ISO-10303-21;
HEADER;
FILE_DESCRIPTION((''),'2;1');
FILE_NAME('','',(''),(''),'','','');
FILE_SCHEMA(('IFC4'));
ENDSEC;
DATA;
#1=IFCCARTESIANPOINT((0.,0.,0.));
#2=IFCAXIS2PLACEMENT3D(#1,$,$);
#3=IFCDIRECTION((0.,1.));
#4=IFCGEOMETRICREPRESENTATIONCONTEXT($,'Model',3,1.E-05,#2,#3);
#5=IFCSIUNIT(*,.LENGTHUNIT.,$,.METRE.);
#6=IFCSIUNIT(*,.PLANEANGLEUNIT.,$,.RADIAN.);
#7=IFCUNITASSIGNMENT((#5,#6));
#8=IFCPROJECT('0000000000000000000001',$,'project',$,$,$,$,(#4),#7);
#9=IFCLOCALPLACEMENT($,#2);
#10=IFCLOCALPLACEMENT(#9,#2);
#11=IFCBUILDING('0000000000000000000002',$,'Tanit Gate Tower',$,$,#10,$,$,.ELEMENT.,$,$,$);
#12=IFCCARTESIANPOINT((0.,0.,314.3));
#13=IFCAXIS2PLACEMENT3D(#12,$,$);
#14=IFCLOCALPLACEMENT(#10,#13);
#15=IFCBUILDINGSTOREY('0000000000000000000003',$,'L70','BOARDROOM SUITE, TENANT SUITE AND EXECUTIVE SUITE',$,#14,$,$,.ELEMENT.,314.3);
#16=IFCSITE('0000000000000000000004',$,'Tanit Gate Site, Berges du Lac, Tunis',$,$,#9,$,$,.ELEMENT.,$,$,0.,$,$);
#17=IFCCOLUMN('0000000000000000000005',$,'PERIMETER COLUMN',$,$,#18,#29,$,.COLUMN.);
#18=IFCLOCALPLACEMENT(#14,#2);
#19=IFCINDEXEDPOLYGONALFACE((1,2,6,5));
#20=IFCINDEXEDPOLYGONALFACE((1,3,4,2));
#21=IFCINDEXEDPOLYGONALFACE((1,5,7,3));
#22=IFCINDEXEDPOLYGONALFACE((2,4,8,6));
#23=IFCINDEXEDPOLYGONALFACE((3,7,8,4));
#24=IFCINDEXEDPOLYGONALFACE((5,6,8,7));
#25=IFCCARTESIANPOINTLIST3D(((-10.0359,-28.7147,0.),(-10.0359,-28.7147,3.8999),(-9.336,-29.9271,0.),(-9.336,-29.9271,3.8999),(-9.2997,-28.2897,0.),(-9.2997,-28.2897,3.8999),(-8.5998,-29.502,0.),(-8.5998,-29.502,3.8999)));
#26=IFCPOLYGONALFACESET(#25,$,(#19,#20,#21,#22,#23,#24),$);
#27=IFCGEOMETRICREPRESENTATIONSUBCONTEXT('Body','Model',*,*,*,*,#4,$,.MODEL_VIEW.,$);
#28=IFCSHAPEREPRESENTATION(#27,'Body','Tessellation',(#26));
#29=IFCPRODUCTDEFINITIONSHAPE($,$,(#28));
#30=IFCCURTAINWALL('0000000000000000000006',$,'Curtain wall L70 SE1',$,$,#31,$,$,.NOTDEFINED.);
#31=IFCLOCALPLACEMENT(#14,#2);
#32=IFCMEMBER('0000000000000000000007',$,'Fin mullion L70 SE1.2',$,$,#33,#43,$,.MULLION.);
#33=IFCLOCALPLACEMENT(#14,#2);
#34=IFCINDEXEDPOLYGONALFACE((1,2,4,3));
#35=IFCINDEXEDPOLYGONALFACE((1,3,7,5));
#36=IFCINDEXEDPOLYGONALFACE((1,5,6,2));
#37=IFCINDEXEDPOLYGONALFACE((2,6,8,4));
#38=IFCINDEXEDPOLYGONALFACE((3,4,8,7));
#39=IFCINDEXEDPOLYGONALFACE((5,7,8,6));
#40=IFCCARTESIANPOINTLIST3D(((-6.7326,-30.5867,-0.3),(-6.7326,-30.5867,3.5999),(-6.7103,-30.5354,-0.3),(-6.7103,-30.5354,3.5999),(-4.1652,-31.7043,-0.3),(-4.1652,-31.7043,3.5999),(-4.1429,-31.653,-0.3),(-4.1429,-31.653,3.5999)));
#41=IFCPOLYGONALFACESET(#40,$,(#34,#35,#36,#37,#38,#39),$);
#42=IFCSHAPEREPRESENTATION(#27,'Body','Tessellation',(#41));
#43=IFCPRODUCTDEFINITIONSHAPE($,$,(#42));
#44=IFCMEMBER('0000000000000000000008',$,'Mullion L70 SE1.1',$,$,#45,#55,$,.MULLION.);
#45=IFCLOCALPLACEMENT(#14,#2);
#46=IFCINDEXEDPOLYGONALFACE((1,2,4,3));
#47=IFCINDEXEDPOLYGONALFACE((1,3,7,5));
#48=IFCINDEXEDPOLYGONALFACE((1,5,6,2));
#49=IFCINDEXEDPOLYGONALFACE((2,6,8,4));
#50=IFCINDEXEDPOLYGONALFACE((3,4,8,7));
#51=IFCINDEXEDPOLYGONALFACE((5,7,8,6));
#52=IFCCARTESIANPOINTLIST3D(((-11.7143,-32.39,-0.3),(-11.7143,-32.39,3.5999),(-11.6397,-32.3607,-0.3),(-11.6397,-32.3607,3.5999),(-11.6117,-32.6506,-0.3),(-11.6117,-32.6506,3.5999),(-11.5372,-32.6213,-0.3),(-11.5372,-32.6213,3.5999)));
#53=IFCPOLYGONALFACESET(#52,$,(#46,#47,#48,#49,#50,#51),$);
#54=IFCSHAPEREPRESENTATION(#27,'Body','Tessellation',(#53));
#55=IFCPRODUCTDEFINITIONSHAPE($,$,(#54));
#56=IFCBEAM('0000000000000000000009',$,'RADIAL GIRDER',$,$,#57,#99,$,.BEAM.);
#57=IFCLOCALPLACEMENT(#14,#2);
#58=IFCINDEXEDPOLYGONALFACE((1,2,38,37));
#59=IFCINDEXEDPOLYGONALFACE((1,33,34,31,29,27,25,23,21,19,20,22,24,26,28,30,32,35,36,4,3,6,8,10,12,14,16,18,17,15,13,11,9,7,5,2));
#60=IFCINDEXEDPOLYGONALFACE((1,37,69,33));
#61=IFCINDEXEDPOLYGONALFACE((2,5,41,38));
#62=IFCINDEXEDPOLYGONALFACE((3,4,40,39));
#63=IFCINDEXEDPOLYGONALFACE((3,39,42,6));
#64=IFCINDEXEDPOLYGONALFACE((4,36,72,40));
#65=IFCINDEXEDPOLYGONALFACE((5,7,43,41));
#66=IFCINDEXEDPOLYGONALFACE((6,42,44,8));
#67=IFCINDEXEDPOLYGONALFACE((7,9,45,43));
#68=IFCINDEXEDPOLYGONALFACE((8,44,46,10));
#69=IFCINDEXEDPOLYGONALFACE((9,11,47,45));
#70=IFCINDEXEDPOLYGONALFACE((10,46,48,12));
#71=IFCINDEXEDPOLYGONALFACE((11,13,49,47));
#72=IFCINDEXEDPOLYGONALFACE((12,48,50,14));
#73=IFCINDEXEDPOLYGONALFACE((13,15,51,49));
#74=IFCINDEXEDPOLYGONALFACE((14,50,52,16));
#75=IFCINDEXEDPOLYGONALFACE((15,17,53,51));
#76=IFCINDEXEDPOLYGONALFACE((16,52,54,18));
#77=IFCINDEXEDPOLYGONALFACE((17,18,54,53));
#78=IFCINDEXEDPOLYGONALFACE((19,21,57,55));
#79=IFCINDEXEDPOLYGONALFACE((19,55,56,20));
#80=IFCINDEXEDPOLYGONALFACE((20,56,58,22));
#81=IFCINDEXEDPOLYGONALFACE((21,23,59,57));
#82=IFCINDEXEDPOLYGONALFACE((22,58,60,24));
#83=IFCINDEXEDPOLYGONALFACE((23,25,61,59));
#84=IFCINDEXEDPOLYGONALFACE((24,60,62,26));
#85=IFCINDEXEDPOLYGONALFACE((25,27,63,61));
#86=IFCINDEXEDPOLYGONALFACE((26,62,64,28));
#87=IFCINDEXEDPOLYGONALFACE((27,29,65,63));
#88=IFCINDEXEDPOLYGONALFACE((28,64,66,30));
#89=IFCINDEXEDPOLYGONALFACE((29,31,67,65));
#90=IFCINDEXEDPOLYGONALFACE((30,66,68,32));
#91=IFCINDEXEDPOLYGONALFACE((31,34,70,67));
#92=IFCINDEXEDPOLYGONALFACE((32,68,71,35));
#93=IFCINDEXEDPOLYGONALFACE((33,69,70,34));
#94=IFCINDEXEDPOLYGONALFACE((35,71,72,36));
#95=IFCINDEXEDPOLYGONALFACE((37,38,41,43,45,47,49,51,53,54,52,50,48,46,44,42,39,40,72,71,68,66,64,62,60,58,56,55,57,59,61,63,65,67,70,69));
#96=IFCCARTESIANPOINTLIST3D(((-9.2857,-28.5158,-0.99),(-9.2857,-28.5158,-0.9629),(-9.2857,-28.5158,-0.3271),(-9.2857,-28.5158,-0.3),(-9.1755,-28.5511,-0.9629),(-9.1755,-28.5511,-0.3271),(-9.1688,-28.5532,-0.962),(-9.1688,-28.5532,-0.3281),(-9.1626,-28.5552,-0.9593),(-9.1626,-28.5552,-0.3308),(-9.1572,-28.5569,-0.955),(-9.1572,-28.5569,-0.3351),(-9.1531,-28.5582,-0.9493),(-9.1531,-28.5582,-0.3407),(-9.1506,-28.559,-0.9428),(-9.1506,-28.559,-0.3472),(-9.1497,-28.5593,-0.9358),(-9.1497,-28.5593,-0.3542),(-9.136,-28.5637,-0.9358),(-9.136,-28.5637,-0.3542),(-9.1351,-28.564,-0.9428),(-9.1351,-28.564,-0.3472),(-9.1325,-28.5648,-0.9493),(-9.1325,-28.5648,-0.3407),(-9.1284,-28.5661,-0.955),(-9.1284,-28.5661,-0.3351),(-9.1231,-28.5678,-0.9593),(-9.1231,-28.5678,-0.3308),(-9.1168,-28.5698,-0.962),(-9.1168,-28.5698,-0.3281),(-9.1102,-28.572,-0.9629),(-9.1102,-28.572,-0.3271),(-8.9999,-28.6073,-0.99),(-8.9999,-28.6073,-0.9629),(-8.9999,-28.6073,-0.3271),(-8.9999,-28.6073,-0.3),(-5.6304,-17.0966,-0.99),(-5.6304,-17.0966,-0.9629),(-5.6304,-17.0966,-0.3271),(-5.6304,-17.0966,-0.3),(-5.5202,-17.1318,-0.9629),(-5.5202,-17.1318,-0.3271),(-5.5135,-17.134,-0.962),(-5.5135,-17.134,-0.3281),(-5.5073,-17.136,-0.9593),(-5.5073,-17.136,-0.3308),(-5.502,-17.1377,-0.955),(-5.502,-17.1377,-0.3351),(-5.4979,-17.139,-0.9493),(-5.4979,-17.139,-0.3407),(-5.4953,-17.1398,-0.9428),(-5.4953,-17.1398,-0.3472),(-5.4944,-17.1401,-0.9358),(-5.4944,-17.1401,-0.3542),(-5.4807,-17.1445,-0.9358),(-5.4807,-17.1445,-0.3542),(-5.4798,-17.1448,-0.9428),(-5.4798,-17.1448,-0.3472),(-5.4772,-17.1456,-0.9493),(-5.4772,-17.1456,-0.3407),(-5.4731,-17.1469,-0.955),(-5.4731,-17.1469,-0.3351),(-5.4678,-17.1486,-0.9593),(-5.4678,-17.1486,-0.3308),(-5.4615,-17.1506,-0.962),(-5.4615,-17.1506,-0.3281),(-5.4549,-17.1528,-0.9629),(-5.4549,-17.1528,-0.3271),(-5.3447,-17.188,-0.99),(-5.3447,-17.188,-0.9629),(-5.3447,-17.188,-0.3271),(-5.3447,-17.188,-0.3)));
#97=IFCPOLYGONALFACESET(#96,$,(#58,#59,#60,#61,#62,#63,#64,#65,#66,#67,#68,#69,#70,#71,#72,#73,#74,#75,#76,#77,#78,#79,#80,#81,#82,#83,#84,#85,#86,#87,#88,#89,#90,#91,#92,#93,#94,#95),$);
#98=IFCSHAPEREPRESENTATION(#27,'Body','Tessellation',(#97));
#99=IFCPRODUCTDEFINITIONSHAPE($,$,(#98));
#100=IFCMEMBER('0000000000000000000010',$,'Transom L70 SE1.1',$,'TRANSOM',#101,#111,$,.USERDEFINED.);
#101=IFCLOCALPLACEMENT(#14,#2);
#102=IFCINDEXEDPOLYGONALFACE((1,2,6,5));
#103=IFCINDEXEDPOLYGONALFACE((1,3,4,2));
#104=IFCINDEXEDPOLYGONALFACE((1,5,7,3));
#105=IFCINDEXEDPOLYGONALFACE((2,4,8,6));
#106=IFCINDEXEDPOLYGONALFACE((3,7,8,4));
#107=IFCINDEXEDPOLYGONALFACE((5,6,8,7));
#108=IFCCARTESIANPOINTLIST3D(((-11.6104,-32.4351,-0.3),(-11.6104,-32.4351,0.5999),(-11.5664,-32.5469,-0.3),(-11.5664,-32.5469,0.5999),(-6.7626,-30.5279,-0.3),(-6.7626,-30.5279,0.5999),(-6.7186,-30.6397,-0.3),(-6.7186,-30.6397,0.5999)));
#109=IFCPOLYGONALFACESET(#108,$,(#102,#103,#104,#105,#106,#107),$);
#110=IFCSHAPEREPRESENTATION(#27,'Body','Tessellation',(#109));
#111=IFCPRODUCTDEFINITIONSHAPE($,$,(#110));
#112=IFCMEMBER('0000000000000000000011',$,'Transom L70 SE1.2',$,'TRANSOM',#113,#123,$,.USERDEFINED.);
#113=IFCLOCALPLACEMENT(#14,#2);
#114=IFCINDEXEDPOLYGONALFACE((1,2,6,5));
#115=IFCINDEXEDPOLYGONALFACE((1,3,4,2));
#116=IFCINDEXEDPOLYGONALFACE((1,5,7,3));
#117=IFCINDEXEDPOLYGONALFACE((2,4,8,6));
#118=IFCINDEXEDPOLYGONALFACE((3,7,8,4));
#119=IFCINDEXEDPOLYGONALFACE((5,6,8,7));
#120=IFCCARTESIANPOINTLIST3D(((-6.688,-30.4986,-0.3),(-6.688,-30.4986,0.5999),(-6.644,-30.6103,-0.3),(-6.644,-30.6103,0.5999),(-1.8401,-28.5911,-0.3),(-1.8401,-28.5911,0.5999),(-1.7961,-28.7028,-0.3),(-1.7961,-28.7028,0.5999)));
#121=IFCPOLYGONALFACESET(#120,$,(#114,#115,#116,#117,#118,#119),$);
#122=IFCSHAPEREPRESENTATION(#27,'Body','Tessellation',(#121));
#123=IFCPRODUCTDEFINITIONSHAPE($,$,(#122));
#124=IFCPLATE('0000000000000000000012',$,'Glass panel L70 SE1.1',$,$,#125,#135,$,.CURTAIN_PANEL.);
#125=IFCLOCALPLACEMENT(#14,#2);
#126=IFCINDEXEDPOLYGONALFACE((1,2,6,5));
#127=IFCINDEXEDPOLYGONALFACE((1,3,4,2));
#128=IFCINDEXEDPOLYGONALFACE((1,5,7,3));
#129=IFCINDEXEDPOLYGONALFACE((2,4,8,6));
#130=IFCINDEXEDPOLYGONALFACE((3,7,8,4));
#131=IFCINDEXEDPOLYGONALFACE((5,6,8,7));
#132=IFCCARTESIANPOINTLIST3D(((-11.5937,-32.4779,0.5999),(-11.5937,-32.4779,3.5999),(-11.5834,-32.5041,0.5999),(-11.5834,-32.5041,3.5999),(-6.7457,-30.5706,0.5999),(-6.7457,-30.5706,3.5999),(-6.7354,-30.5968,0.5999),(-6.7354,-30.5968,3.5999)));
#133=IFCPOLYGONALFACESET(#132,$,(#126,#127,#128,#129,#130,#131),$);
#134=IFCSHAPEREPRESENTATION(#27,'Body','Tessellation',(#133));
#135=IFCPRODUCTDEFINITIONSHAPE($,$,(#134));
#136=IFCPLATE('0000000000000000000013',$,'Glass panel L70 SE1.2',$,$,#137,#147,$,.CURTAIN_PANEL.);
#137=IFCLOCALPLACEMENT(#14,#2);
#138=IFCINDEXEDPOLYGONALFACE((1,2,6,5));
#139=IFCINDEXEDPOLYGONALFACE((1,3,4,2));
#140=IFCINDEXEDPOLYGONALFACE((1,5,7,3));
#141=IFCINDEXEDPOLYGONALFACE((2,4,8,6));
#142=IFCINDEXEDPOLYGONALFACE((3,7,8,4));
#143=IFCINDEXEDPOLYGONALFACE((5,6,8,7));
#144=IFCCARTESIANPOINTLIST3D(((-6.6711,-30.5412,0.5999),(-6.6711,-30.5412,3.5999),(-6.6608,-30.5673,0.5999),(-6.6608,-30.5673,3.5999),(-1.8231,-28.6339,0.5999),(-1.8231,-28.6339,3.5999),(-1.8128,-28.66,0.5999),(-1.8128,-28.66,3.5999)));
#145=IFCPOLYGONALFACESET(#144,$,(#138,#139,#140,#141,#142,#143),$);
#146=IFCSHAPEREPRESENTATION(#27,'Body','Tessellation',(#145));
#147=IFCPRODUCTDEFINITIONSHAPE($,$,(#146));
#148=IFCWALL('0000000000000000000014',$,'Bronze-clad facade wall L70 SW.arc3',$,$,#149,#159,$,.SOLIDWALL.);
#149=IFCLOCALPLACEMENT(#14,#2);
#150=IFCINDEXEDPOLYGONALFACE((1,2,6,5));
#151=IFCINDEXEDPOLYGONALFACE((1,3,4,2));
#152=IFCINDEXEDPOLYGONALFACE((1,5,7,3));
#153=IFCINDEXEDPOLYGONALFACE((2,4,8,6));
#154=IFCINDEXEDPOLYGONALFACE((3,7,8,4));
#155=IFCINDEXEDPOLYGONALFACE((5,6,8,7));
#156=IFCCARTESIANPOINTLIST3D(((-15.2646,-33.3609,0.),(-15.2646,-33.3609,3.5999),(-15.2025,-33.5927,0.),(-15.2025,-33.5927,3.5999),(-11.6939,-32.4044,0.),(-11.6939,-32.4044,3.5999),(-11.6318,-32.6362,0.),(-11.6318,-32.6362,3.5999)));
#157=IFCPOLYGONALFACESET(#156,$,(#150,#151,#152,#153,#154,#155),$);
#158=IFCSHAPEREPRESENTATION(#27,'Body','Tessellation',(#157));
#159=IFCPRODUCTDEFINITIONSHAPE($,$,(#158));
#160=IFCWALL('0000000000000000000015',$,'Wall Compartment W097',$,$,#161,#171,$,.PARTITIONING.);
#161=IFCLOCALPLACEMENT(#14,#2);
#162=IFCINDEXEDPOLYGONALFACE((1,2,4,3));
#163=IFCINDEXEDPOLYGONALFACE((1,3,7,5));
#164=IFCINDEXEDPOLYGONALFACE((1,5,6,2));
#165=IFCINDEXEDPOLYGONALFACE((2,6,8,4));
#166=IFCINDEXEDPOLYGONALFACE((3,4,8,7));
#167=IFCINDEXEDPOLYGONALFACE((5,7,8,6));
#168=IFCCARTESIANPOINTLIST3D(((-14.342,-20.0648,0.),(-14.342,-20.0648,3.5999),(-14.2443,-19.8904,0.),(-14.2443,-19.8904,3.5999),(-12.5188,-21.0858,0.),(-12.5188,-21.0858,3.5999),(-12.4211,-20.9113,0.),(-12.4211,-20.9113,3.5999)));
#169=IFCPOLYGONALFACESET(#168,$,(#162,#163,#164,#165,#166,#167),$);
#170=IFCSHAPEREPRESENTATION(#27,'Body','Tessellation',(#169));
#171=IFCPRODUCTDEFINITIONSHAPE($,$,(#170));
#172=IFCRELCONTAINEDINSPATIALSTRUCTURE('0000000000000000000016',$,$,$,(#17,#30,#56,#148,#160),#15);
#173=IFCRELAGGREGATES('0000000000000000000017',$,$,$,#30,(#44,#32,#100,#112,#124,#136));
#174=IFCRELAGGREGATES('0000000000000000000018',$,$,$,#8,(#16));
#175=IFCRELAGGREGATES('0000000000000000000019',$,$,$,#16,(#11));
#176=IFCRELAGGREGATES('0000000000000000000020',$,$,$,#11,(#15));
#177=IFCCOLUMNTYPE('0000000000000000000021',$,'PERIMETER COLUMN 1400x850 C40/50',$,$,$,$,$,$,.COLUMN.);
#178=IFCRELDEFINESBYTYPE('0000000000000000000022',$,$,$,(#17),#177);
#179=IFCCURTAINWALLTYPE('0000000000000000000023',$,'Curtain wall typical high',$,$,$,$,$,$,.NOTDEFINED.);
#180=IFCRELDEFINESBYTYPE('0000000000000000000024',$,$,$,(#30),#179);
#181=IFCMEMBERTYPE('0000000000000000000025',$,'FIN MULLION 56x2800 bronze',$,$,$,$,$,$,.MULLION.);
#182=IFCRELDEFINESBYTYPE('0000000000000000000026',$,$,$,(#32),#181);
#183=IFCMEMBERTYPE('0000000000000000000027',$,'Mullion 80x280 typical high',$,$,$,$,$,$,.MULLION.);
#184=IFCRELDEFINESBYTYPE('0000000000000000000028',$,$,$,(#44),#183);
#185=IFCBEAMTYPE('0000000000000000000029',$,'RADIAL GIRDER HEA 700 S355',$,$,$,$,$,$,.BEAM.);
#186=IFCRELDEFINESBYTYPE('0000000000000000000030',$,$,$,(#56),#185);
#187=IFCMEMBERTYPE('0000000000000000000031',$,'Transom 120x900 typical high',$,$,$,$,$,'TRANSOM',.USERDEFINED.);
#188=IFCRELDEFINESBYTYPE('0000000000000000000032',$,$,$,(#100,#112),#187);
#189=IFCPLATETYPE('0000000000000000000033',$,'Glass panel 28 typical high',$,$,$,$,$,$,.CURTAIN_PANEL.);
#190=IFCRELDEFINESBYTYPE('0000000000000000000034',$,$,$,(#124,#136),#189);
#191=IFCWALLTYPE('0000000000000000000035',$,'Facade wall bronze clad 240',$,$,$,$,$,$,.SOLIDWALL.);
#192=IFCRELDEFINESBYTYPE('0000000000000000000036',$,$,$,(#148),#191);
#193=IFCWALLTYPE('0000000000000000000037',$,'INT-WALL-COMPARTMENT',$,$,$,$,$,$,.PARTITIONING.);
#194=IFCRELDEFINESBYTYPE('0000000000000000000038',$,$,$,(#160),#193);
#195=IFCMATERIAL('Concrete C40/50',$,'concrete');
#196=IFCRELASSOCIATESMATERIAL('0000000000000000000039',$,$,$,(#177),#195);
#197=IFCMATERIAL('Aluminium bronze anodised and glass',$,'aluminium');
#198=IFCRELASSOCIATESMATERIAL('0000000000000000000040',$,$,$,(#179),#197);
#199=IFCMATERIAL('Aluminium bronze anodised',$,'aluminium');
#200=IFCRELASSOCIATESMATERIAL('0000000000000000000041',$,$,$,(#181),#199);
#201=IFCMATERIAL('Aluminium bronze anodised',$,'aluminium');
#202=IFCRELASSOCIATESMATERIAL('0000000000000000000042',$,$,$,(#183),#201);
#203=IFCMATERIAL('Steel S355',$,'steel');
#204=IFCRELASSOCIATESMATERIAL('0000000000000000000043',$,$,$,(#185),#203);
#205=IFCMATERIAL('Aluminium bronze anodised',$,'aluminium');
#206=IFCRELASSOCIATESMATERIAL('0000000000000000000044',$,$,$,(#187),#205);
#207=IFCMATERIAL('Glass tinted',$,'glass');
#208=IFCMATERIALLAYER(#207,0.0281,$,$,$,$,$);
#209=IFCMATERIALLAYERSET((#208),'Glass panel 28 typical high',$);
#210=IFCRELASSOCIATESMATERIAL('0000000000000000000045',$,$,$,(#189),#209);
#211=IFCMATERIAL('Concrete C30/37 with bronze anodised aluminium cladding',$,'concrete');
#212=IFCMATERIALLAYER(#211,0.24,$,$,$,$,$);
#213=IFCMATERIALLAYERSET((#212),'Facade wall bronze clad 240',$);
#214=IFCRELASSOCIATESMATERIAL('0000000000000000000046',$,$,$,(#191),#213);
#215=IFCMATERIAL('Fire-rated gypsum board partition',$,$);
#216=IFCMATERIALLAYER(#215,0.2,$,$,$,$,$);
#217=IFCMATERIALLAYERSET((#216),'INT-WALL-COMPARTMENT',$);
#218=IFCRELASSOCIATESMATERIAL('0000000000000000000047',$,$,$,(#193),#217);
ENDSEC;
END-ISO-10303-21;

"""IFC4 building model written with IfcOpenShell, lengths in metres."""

from ifc_helpers import new_model, si_unit, direction, frame, frame_2d, origin, origin_2d, place, context, subcontext, project, spatial, rectangle, i_section, extrude, material, layer, layer_set, material_profile, profile_set, type_object, element, aggregate, save


model = new_model("IFC4")

# Units and contexts
model_context = context("Model", 3, precision=1e-05, world=origin(), true_north=direction((0.0, 1.0)))
body_context = subcontext(model_context, "Body", "Model", "MODEL_VIEW")
ifc_project = project(units=[si_unit("LENGTHUNIT", "METRE"), si_unit("PLANEANGLEUNIT", "RADIAN")], contexts=[model_context])

# Site, building, storey
site_placement = place(None, origin())
site = spatial("IfcSite", under=ifc_project, at=site_placement, Name="Tanit Gate Site, Berges du Lac, Tunis", CompositionType="ELEMENT", RefElevation=0.0)
building_placement = place(site_placement, origin())
building = spatial("IfcBuilding", under=site, at=building_placement, Name="Tanit Gate Tower", CompositionType="ELEMENT")
storey_placement = place(building_placement, frame((0.0, 0.0, 314.3)))
storey = spatial("IfcBuildingStorey", under=building, at=storey_placement, Name="L70", Description="BOARDROOM SUITE, TENANT SUITE AND EXECUTIVE SUITE", CompositionType="ELEMENT", Elevation=314.3)

# Column
ifc_material_1 = material(Name="Concrete C40/50", Category="concrete")
ifc_material_profile_1 = material_profile(ifc_material_1, rectangle(XDim=1.3999, YDim=0.8501, at=origin_2d()), Name="RC 1400x850")
ifc_profile_set_1 = profile_set([ifc_material_profile_1], Name="Concrete C40/50")
column_type = type_object("IfcColumnType", Name="PERIMETER COLUMN 1400x850 C40/50", PredefinedType="COLUMN", material=ifc_profile_set_1)
column_placement = place(storey_placement, frame((-9.3179, -29.1084, 0.0), z_axis=(0.0, 0.0, 1.0), x_axis=(0.5, -0.866025, 0.0)))
element("IfcColumn", 1, at=column_placement, inside=storey, type_object=column_type, Name="PERIMETER COLUMN", PredefinedType="COLUMN", context=body_context, shape_type="SweptSolid", body=[
    extrude(rectangle(XDim=1.3999, YDim=0.8501, at=origin_2d()), origin(), (0.0, 0.0, 1.0), 3.8999),
])

# Curtain wall, members
ifc_material_2 = material(Name="Aluminium bronze anodised and glass", Category="aluminium")
curtain_wall_type = type_object("IfcCurtainWallType", Name="Curtain wall typical high", PredefinedType="NOTDEFINED", material=ifc_material_2)
curtain_wall_placement = place(storey_placement, origin())
curtain_wall = element("IfcCurtainWall", 2, at=curtain_wall_placement, inside=storey, type_object=curtain_wall_type, Name="Curtain wall L70 SE1", PredefinedType="NOTDEFINED")
ifc_material_3 = material(Name="Aluminium bronze anodised", Category="aluminium")
ifc_material_profile_2 = material_profile(ifc_material_3, rectangle(XDim=2.8, YDim=0.0559, at=origin_2d()), Name="56x2800 bronze fin mullion")
ifc_profile_set_2 = profile_set([ifc_material_profile_2], Name="Aluminium bronze anodised")
member_type_1 = type_object("IfcMemberType", Name="FIN MULLION 56x2800 bronze", PredefinedType="MULLION", material=ifc_profile_set_2)
member_1_placement = place(storey_placement, frame((-5.4377, -31.1199, -0.3), z_axis=(0.0, 0.0, 1.0), x_axis=(-0.916891, 0.399138, 0.0)))
member_1 = element("IfcMember", 3, at=member_1_placement, type_object=member_type_1, Name="Fin mullion L70 SE1.2", PredefinedType="MULLION", context=body_context, shape_type="SweptSolid", body=[
    extrude(rectangle(XDim=2.8, YDim=0.0559, at=origin_2d()), origin(), (0.0, 0.0, 1.0), 3.8999),
])
ifc_material_4 = material(Name="Aluminium bronze anodised", Category="aluminium")
ifc_material_profile_3 = material_profile(ifc_material_4, rectangle(XDim=0.28, YDim=0.0801, at=origin_2d()), Name="80x280 bronze mullion")
ifc_profile_set_3 = profile_set([ifc_material_profile_3], Name="Aluminium bronze anodised")
member_type_2 = type_object("IfcMemberType", Name="Mullion 80x280 typical high", PredefinedType="MULLION", material=ifc_profile_set_3)
member_2_placement = place(storey_placement, frame((-11.6257, -32.5056, -0.3), z_axis=(0.0, 0.0, 1.0), x_axis=(-0.366106, 0.930573, 0.0)))
member_2 = element("IfcMember", 4, at=member_2_placement, type_object=member_type_2, Name="Mullion L70 SE1.1", PredefinedType="MULLION", context=body_context, shape_type="SweptSolid", body=[
    extrude(rectangle(XDim=0.28, YDim=0.0801, at=origin_2d()), origin(), (0.0, 0.0, 1.0), 3.8999),
])

# Beam
ifc_material_5 = material(Name="Steel S355", Category="steel")
ifc_material_profile_4 = material_profile(ifc_material_5, i_section(OverallWidth=0.3, OverallDepth=0.6899, WebThickness=0.0144, FlangeThickness=0.0271, FilletRadius=0.0271, at=origin_2d()), Name="HEA 700")
ifc_profile_set_4 = profile_set([ifc_material_profile_4], Name="Steel S355")
beam_type = type_object("IfcBeamType", Name="RADIAL GIRDER HEA 700 S355", PredefinedType="BEAM", material=ifc_profile_set_4)
beam_placement = place(storey_placement, frame((-9.1428, -28.5615, -0.645), z_axis=(0.304861, 0.952397, 0.0), x_axis=(-0.952397, 0.304861, 0.0)))
element("IfcBeam", 5, at=beam_placement, inside=storey, type_object=beam_type, Name="RADIAL GIRDER", PredefinedType="BEAM", context=body_context, shape_type="SweptSolid", body=[
    extrude(i_section(OverallWidth=0.3, OverallDepth=0.6899, WebThickness=0.0144, FlangeThickness=0.0271, FilletRadius=0.0271, at=origin_2d()), origin(), (0.0, 0.0, 1.0), 11.99),
])

# Members
ifc_material_6 = material(Name="Aluminium bronze anodised", Category="aluminium")
ifc_material_profile_5 = material_profile(ifc_material_6, rectangle(XDim=0.1201, YDim=0.8999, at=origin_2d()), Name="120x900 bronze transom")
ifc_profile_set_5 = profile_set([ifc_material_profile_5], Name="Aluminium bronze anodised")
member_type_3 = type_object("IfcMemberType", Name="Transom 120x900 typical high", ElementType="TRANSOM", PredefinedType="USERDEFINED", material=ifc_profile_set_5)
member_3_placement = place(storey_placement, frame((-11.5884, -32.491, 0.1499), z_axis=(0.930575, 0.3661, 0.0), x_axis=(-0.3661, 0.930575, 0.0)))
member_3 = element("IfcMember", 6, at=member_3_placement, type_object=member_type_3, Name="Transom L70 SE1.1", ObjectType="TRANSOM", PredefinedType="USERDEFINED", context=body_context, shape_type="SweptSolid", body=[
    extrude(rectangle(XDim=0.1201, YDim=0.8999, at=origin_2d()), origin(), (0.0, 0.0, 1.0), 5.2095),
])
member_4_placement = place(storey_placement, frame((-6.666, -30.5544, 0.1499), z_axis=(0.930559, 0.366141, 0.0), x_axis=(-0.366141, 0.930559, 0.0)))
member_4 = element("IfcMember", 7, at=member_4_placement, type_object=member_type_3, Name="Transom L70 SE1.2", ObjectType="TRANSOM", PredefinedType="USERDEFINED", context=body_context, shape_type="SweptSolid", body=[
    extrude(rectangle(XDim=0.1201, YDim=0.8999, at=origin_2d()), origin(), (0.0, 0.0, 1.0), 5.2097),
])

# Plates
ifc_material_7 = material(Name="Glass tinted", Category="glass")
ifc_layer_1 = layer(ifc_material_7, 0.0281)
ifc_layer_set_1 = layer_set([ifc_layer_1], Name="Glass panel 28 typical high")
plate_type = type_object("IfcPlateType", Name="Glass panel 28 typical high", PredefinedType="CURTAIN_PANEL", material=ifc_layer_set_1)
plate_1_placement = place(storey_placement, frame((-9.1646, -31.5374, 0.5999), z_axis=(0.0, 0.0, 1.0), x_axis=(0.930573, 0.366106, 0.0)))
plate_1 = element("IfcPlate", 8, at=plate_1_placement, type_object=plate_type, Name="Glass panel L70 SE1.1", PredefinedType="CURTAIN_PANEL", context=body_context, shape_type="SweptSolid", body=[
    extrude(rectangle(XDim=5.2097, YDim=0.0281, at=origin_2d()), origin(), (0.0, 0.0, 1.0), 3.0),
])
plate_2_placement = place(storey_placement, frame((-4.2419, -29.6006, 0.5999), z_axis=(0.0, 0.0, 1.0), x_axis=(0.930573, 0.366106, 0.0)))
plate_2 = element("IfcPlate", 9, at=plate_2_placement, type_object=plate_type, Name="Glass panel L70 SE1.2", PredefinedType="CURTAIN_PANEL", context=body_context, shape_type="SweptSolid", body=[
    extrude(rectangle(XDim=5.2097, YDim=0.0281, at=origin_2d()), origin(), (0.0, 0.0, 1.0), 3.0),
])
aggregate(curtain_wall, [member_2, member_1, member_3, member_4, plate_1, plate_2])

# Walls
ifc_material_8 = material(Name="Concrete C30/37 with bronze anodised aluminium cladding", Category="concrete")
ifc_layer_2 = layer(ifc_material_8, 0.24)
ifc_layer_set_2 = layer_set([ifc_layer_2], Name="Facade wall bronze clad 240")
wall_type_1 = type_object("IfcWallType", Name="Facade wall bronze clad 240", PredefinedType="SOLIDWALL", material=ifc_layer_set_2)
wall_1_placement = place(storey_placement, frame((-15.2334, -33.4768, 0.0), z_axis=(0.0, 0.0, 1.0), x_axis=(0.965938, 0.258772, 0.0)))
element("IfcWall", 10, at=wall_1_placement, inside=storey, type_object=wall_type_1, Name="Bronze-clad facade wall L70 SW.arc3", PredefinedType="SOLIDWALL", context=body_context, shape_type="SweptSolid", body=[
    extrude(rectangle(XDim=3.6965, YDim=0.24, at=frame_2d((1.8481, 0.0))), origin(), (0.0, 0.0, 1.0), 3.5999),
])
ifc_material_9 = material(Name="Fire-rated gypsum board partition")
ifc_layer_3 = layer(ifc_material_9, 0.2)
ifc_layer_set_3 = layer_set([ifc_layer_3], Name="INT-WALL-COMPARTMENT")
wall_type_2 = type_object("IfcWallType", Name="INT-WALL-COMPARTMENT", PredefinedType="PARTITIONING", material=ifc_layer_set_3)
wall_2_placement = place(storey_placement, frame((-14.2932, -19.9775, 0.0), z_axis=(0.0, 0.0, 1.0), x_axis=(0.87251, -0.488596, 0.0)))
element("IfcWall", 11, at=wall_2_placement, inside=storey, type_object=wall_type_2, Name="Wall Compartment W097", PredefinedType="PARTITIONING", context=body_context, shape_type="SweptSolid", body=[
    extrude(rectangle(XDim=2.0896, YDim=0.2, at=frame_2d((1.0449, 0.0))), origin(), (0.0, 0.0, 1.0), 3.5999),
])

save(model, "model.ifc")
